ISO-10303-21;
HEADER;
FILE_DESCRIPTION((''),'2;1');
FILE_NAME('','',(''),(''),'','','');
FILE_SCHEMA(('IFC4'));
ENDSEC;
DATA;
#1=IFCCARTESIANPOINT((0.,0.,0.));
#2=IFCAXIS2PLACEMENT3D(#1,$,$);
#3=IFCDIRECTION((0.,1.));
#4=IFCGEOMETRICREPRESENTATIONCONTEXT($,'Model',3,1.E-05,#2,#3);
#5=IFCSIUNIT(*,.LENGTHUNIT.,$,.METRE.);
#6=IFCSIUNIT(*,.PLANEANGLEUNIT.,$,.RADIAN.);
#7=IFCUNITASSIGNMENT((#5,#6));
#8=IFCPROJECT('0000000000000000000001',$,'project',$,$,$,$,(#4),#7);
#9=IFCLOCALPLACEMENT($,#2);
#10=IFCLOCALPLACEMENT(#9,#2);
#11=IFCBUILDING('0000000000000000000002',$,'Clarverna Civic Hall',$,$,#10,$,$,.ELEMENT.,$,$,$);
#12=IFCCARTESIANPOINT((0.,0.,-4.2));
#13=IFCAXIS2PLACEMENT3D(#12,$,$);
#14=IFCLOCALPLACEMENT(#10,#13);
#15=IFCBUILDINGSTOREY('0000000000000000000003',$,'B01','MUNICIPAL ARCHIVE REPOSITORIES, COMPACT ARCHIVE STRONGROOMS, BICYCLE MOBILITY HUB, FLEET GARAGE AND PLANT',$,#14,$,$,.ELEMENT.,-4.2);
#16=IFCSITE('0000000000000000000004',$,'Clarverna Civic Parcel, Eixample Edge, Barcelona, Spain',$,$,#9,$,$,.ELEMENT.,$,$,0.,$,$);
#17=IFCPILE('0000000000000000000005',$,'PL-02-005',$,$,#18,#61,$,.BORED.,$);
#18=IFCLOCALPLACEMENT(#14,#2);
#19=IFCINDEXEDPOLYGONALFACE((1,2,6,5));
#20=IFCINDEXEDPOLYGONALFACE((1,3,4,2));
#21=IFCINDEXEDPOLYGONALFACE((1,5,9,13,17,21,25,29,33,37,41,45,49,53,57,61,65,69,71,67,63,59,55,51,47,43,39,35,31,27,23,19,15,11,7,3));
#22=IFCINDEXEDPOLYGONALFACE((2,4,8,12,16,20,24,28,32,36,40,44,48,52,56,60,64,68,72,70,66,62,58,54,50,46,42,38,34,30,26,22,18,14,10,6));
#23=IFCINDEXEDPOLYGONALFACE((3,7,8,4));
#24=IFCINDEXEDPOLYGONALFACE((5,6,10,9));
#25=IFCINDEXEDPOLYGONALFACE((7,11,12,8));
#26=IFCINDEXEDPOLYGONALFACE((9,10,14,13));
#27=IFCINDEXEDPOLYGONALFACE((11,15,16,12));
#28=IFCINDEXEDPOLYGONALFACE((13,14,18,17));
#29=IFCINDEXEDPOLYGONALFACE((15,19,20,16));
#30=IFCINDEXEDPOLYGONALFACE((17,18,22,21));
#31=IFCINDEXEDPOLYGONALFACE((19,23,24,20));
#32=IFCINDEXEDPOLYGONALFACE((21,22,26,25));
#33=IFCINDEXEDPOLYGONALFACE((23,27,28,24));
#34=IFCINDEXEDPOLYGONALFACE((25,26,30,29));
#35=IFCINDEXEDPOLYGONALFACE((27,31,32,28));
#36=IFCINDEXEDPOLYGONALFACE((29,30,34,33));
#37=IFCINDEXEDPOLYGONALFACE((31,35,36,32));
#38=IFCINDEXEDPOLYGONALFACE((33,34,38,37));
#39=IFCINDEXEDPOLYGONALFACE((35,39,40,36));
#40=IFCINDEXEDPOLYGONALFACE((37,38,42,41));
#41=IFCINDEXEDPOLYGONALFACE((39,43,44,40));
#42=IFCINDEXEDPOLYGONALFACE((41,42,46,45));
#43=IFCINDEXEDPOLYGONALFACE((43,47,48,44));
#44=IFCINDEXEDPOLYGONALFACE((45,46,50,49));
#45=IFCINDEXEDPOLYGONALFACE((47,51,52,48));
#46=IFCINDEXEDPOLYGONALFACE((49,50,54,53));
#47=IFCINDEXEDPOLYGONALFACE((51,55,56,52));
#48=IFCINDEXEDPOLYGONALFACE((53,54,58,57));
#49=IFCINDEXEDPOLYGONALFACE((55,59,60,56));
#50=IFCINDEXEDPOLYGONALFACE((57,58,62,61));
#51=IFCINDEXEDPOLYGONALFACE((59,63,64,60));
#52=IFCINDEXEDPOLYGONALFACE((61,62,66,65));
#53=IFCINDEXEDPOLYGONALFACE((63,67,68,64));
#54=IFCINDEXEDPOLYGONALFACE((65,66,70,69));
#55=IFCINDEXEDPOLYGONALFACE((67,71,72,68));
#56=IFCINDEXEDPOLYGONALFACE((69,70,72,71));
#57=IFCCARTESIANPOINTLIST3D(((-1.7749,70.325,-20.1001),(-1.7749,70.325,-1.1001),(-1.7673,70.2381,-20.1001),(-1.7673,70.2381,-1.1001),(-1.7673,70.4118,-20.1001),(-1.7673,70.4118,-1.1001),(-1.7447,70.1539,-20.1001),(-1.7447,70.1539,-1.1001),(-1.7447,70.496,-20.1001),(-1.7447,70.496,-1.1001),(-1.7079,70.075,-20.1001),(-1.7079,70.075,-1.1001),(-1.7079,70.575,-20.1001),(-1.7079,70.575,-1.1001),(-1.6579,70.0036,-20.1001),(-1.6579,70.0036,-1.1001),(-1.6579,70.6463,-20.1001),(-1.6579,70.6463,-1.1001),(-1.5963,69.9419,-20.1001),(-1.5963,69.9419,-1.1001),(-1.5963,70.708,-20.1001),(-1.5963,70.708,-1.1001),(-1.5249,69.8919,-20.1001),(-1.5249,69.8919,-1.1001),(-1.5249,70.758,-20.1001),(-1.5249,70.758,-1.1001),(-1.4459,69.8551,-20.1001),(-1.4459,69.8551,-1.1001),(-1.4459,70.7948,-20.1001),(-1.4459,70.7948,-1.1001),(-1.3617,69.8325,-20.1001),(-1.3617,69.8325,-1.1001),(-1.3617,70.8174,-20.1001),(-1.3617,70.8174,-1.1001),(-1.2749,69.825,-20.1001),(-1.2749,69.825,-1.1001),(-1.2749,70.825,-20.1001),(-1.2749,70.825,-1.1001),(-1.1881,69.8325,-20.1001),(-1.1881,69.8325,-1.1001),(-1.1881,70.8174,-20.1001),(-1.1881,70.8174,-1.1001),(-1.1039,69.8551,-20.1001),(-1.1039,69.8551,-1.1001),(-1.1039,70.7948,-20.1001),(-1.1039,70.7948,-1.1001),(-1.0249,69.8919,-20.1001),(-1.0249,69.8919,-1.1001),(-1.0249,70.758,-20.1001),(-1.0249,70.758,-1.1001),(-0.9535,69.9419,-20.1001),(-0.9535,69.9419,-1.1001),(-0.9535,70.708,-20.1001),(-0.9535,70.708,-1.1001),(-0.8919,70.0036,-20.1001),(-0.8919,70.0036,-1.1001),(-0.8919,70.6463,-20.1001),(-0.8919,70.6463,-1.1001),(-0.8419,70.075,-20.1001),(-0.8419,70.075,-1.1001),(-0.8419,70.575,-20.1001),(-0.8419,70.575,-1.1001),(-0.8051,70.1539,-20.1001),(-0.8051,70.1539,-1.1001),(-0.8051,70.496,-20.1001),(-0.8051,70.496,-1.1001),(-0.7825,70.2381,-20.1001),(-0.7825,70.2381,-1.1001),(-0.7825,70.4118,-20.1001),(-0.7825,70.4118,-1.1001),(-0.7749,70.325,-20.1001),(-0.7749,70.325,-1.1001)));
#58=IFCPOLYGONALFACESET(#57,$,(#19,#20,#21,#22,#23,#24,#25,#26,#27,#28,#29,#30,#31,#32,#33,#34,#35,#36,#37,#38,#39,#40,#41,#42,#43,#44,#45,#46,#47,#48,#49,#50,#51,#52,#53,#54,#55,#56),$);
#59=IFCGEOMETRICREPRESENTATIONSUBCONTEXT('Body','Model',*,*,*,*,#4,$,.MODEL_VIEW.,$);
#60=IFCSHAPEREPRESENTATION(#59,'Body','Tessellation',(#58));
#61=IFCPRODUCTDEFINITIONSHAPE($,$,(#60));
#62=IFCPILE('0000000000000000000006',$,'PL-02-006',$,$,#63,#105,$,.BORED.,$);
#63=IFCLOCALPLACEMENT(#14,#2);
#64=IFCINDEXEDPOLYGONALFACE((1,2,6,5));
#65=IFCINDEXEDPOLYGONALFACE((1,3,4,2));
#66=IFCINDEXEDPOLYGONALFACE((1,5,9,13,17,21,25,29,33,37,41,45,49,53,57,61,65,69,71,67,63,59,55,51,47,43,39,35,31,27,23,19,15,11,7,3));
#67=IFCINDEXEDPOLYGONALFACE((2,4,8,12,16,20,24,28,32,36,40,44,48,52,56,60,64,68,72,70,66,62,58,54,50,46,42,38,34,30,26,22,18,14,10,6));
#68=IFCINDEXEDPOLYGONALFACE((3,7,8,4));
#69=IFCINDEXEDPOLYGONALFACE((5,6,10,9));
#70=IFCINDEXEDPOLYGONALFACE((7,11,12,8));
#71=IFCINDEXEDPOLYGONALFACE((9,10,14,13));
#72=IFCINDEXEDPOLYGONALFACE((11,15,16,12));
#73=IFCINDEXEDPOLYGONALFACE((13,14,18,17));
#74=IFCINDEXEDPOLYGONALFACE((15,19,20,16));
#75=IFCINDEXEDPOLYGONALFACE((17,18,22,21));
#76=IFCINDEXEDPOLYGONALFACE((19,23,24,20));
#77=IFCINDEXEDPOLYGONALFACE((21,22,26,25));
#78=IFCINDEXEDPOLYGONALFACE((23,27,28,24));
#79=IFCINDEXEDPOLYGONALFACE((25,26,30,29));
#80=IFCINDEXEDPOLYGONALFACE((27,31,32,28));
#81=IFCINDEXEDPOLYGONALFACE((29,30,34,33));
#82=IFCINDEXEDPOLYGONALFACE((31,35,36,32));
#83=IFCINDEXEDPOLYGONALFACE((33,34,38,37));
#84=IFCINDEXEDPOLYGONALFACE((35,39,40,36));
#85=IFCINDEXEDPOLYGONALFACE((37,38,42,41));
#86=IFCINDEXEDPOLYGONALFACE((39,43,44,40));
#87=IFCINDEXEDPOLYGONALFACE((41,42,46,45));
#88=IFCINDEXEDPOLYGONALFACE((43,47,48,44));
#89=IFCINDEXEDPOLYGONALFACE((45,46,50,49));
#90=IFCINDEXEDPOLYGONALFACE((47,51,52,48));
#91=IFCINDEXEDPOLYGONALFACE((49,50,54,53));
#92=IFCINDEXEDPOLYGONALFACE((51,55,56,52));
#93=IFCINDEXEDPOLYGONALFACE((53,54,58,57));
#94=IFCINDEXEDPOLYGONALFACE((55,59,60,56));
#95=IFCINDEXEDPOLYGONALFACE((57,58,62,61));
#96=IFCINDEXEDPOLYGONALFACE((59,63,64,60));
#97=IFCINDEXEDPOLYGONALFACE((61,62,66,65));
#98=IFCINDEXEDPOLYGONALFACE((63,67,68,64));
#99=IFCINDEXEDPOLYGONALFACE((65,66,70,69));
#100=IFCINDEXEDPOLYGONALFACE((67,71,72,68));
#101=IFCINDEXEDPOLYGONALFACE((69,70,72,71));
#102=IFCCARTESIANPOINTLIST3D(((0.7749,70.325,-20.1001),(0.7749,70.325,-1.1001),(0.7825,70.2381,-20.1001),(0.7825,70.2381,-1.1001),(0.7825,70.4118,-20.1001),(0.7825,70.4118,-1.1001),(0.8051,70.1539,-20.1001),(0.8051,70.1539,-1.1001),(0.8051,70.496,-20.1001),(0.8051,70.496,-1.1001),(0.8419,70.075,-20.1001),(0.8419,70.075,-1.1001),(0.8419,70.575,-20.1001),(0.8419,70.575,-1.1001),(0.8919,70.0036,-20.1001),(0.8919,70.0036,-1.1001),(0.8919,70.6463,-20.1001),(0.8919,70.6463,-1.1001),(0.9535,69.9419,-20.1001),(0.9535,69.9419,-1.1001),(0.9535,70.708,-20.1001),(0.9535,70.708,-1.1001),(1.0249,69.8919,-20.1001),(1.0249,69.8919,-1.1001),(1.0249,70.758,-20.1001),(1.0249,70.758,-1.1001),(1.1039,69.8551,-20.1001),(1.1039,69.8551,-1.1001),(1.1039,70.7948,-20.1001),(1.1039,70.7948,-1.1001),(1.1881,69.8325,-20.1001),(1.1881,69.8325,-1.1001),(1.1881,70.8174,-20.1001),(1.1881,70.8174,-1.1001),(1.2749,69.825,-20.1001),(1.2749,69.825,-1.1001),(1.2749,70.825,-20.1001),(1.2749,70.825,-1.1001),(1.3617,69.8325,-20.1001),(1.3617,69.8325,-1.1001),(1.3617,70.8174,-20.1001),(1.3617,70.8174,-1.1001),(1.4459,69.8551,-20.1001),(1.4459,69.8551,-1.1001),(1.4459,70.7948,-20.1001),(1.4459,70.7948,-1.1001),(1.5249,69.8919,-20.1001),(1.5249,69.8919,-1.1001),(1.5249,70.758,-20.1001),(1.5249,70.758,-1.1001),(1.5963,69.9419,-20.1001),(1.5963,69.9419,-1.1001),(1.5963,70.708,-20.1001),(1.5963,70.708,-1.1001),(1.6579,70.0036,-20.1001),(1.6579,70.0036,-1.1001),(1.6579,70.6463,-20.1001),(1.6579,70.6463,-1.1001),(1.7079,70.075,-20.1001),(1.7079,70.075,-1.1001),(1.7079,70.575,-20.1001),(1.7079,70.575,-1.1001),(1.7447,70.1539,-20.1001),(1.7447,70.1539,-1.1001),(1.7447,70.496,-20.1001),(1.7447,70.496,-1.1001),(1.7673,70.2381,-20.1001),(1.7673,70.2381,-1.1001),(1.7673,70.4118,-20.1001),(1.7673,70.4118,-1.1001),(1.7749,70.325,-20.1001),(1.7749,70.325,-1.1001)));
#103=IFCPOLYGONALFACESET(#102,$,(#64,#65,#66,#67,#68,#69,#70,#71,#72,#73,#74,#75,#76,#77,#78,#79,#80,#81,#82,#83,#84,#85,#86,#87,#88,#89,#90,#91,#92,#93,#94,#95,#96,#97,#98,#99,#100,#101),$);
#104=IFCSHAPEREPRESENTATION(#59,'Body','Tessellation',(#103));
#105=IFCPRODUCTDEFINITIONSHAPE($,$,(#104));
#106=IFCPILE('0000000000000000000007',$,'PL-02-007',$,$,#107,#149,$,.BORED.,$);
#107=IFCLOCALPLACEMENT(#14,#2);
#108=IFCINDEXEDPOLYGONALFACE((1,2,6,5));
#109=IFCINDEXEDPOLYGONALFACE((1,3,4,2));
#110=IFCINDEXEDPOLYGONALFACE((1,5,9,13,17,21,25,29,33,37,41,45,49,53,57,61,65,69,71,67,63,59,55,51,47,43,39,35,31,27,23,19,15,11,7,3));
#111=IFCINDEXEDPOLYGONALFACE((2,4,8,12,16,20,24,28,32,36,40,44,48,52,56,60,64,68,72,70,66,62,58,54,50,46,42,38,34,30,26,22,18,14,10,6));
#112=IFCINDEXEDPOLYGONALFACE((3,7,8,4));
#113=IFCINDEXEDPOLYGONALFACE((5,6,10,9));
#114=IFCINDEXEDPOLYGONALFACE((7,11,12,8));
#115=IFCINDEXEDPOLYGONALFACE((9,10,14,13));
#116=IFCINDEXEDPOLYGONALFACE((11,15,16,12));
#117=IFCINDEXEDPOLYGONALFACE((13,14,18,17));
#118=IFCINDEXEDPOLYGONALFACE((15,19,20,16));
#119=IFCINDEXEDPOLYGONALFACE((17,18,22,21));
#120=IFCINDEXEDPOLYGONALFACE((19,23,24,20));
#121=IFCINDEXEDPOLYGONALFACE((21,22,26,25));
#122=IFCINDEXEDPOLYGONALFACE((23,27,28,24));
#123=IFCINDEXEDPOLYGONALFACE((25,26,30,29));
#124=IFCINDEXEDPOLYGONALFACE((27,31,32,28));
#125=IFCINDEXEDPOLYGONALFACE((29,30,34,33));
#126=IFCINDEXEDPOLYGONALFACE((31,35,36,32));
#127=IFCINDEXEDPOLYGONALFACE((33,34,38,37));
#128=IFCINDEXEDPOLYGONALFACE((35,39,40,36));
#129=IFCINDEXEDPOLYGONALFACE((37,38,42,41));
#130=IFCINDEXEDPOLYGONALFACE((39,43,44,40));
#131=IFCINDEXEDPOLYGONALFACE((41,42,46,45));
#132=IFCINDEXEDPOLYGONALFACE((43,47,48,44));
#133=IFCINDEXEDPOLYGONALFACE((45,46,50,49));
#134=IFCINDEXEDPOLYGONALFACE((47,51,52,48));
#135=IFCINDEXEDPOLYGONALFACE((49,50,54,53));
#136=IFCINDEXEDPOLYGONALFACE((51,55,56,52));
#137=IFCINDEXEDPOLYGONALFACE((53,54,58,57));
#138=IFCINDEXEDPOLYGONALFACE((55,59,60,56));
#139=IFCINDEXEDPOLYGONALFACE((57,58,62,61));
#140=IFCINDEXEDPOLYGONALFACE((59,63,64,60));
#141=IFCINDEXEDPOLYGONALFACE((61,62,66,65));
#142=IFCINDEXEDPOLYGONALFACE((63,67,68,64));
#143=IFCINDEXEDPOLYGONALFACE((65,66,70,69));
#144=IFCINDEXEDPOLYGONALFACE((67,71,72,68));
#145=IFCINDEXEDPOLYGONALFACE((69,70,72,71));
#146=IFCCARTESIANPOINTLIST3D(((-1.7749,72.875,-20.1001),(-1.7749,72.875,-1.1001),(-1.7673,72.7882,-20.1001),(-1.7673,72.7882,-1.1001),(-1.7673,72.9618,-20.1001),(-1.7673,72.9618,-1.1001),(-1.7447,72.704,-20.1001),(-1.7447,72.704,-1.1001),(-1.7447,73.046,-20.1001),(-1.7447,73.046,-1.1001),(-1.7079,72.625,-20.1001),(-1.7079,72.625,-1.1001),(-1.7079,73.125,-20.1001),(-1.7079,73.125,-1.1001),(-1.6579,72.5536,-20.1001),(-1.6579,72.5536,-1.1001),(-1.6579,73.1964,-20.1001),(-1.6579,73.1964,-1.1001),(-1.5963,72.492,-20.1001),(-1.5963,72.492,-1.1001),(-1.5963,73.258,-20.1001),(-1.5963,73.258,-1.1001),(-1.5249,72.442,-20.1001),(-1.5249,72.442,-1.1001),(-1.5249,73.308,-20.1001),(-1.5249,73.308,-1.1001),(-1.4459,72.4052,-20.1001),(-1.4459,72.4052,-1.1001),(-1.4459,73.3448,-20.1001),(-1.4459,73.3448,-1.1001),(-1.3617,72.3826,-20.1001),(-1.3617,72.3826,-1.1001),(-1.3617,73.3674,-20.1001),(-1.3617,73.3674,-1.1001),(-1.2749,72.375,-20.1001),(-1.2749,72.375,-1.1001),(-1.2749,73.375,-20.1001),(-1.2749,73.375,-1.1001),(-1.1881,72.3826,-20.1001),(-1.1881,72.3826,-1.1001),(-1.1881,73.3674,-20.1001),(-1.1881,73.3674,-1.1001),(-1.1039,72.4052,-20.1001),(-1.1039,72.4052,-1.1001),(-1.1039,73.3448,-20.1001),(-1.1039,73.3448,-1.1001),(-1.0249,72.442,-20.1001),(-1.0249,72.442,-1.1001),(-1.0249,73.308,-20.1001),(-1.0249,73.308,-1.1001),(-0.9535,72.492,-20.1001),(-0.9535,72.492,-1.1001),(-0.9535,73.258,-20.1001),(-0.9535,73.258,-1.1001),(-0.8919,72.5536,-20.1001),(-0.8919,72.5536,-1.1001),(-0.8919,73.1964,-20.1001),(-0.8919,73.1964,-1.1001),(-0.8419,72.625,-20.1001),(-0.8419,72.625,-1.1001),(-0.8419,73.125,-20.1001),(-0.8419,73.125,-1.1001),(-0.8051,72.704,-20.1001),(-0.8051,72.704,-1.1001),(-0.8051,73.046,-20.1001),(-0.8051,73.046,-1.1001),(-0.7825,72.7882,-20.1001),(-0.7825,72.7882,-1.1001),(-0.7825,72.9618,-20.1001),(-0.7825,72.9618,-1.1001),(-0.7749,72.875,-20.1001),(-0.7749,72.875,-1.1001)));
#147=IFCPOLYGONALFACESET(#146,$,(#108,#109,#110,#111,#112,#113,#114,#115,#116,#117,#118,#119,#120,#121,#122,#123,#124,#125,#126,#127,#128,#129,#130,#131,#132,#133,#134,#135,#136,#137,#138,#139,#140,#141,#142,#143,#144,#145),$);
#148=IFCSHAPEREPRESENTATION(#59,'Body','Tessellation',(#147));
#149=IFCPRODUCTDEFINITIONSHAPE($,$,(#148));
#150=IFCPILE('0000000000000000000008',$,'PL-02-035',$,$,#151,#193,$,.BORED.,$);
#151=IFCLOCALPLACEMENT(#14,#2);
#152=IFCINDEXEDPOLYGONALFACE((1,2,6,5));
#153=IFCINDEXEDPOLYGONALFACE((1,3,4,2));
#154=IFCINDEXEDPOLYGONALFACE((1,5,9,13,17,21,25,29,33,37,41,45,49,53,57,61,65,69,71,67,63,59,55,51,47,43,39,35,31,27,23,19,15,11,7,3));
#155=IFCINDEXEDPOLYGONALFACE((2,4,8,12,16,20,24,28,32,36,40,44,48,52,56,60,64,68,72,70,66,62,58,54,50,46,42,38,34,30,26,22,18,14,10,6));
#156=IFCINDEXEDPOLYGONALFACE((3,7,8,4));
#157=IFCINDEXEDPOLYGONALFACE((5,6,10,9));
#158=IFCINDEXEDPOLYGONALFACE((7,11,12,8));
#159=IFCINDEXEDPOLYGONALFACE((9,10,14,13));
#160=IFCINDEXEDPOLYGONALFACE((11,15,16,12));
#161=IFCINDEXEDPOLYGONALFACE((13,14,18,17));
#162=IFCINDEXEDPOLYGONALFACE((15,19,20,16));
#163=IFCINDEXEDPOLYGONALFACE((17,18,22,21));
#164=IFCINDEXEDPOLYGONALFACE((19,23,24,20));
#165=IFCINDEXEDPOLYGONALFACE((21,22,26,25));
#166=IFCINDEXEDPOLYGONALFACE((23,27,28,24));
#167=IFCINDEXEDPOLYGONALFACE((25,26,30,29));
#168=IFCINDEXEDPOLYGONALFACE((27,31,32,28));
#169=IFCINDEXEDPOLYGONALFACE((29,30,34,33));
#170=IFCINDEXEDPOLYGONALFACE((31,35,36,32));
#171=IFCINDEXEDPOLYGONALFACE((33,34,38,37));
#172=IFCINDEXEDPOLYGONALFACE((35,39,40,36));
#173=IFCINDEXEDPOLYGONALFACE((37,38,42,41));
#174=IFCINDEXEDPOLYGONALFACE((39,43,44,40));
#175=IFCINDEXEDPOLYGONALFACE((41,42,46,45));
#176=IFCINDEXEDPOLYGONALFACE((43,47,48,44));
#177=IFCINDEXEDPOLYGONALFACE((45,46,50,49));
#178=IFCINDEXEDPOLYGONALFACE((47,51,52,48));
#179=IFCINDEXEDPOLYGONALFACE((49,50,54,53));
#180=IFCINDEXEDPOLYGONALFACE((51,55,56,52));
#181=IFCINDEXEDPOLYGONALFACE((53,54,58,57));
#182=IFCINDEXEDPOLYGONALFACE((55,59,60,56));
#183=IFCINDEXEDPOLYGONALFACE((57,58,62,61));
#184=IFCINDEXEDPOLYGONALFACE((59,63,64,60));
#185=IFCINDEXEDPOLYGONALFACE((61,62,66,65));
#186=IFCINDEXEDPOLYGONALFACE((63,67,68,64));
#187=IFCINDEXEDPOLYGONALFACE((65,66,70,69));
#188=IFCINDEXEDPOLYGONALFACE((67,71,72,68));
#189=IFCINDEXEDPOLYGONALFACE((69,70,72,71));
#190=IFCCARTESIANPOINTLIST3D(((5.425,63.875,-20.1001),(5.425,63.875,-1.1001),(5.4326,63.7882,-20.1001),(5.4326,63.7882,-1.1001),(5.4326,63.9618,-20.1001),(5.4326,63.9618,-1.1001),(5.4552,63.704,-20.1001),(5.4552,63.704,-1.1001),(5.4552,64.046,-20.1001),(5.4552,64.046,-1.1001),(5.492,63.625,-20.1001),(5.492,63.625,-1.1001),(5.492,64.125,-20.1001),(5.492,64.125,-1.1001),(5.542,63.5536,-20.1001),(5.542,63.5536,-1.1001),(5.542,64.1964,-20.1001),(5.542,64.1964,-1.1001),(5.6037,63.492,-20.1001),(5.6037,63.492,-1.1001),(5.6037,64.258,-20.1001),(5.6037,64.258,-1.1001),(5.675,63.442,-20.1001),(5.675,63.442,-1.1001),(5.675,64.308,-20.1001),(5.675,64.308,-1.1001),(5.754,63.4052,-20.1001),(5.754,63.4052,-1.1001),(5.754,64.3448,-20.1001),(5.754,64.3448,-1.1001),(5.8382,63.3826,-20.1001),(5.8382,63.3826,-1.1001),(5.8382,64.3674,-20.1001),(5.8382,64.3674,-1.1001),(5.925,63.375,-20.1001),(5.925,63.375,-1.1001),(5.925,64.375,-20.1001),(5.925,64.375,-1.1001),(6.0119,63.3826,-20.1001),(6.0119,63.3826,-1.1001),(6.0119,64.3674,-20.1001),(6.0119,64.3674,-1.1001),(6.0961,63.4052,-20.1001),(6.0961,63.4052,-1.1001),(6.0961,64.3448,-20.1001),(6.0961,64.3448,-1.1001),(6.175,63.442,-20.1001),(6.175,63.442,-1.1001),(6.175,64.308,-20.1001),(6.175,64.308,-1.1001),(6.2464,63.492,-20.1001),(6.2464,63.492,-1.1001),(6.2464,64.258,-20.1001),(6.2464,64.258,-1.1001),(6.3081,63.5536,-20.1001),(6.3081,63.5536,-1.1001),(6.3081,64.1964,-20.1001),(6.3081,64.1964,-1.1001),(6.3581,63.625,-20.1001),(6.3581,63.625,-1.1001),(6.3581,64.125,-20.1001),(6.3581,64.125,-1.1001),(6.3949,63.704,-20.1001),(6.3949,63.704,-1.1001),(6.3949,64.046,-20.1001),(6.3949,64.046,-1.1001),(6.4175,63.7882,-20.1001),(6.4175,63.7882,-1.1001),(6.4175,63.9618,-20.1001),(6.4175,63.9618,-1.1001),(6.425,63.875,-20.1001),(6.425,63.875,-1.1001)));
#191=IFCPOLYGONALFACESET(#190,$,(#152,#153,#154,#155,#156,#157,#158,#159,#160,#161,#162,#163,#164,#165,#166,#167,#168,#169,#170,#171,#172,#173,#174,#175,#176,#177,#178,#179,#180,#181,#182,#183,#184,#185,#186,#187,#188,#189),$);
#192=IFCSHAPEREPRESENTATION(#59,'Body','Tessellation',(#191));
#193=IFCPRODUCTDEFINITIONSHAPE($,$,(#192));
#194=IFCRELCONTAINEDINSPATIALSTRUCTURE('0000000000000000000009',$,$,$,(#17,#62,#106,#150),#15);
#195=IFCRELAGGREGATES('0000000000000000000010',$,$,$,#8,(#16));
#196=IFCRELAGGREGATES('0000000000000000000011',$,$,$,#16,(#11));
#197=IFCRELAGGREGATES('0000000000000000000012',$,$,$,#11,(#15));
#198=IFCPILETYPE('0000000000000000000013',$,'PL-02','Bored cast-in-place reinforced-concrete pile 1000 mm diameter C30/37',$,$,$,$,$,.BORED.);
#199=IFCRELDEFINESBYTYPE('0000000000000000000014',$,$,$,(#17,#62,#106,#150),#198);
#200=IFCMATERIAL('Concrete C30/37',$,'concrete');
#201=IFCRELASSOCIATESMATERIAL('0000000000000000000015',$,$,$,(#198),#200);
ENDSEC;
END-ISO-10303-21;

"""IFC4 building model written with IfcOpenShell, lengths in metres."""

from ifc_helpers import new_model, si_unit, direction, frame, origin, origin_2d, place, context, subcontext, project, spatial, circle, extrude, material, material_profile, profile_set, type_object, element, save


model = new_model("IFC4")

# Units and contexts
model_context = context("Model", 3, precision=1e-05, world=origin(), true_north=direction((0.0, 1.0)))
body_context = subcontext(model_context, "Body", "Model", "MODEL_VIEW")
ifc_project = project(units=[si_unit("LENGTHUNIT", "METRE"), si_unit("PLANEANGLEUNIT", "RADIAN")], contexts=[model_context])

# Site, building, storey
site_placement = place(None, origin())
site = spatial("IfcSite", under=ifc_project, at=site_placement, Name="Clarverna Civic Parcel, Eixample Edge, Barcelona, Spain", CompositionType="ELEMENT", RefElevation=0.0)
building_placement = place(site_placement, origin())
building = spatial("IfcBuilding", under=site, at=building_placement, Name="Clarverna Civic Hall", CompositionType="ELEMENT")
storey_placement = place(building_placement, frame((0.0, 0.0, -4.2)))
storey = spatial("IfcBuildingStorey", under=building, at=storey_placement, Name="B01", Description="MUNICIPAL ARCHIVE REPOSITORIES, COMPACT ARCHIVE STRONGROOMS, BICYCLE MOBILITY HUB, FLEET GARAGE AND PLANT", CompositionType="ELEMENT", Elevation=-4.2)

# Shared definitions
ifc_material_1 = material(Name="Concrete C30/37", Category="concrete")

# Piles
ifc_material_profile_1 = material_profile(ifc_material_1, circle(Radius=0.5, at=origin_2d()), Name="BORED PILE D1000")
ifc_profile_set_1 = profile_set([ifc_material_profile_1], Name="Concrete C30/37")
pile_type = type_object("IfcPileType", Name="PL-02", Description="Bored cast-in-place reinforced-concrete pile 1000 mm diameter C30/37", PredefinedType="BORED", material=ifc_profile_set_1)
for number, where, z_axis, x_axis, name in (
    (1, (-1.2749, 70.325, -1.1001), (0.0, 0.0, -1.0), (1.0, 0.0, 0.0), "PL-02-005"),
    (2, (1.2749, 70.325, -1.1001), (0.0, 0.0, -1.0), (1.0, 0.0, 0.0), "PL-02-006"),
    (3, (-1.2749, 72.875, -1.1001), (0.0, 0.0, -1.0), (1.0, 0.0, 0.0), "PL-02-007"),
    (4, (5.925, 63.875, -1.1001), (0.0, 0.0, -1.0), (1.0, 0.0, 0.0), "PL-02-035"),
):
    element("IfcPile", number, at=place(storey_placement, frame(where, z_axis=z_axis, x_axis=x_axis)), inside=storey, type_object=pile_type, Name=name, PredefinedType="BORED", context=body_context, shape_type="SweptSolid", body=[
        extrude(circle(Radius=0.5, at=origin_2d()), origin(), (0.0, 0.0, 1.0), 19.0),
    ])

save(model, "model.ifc")
